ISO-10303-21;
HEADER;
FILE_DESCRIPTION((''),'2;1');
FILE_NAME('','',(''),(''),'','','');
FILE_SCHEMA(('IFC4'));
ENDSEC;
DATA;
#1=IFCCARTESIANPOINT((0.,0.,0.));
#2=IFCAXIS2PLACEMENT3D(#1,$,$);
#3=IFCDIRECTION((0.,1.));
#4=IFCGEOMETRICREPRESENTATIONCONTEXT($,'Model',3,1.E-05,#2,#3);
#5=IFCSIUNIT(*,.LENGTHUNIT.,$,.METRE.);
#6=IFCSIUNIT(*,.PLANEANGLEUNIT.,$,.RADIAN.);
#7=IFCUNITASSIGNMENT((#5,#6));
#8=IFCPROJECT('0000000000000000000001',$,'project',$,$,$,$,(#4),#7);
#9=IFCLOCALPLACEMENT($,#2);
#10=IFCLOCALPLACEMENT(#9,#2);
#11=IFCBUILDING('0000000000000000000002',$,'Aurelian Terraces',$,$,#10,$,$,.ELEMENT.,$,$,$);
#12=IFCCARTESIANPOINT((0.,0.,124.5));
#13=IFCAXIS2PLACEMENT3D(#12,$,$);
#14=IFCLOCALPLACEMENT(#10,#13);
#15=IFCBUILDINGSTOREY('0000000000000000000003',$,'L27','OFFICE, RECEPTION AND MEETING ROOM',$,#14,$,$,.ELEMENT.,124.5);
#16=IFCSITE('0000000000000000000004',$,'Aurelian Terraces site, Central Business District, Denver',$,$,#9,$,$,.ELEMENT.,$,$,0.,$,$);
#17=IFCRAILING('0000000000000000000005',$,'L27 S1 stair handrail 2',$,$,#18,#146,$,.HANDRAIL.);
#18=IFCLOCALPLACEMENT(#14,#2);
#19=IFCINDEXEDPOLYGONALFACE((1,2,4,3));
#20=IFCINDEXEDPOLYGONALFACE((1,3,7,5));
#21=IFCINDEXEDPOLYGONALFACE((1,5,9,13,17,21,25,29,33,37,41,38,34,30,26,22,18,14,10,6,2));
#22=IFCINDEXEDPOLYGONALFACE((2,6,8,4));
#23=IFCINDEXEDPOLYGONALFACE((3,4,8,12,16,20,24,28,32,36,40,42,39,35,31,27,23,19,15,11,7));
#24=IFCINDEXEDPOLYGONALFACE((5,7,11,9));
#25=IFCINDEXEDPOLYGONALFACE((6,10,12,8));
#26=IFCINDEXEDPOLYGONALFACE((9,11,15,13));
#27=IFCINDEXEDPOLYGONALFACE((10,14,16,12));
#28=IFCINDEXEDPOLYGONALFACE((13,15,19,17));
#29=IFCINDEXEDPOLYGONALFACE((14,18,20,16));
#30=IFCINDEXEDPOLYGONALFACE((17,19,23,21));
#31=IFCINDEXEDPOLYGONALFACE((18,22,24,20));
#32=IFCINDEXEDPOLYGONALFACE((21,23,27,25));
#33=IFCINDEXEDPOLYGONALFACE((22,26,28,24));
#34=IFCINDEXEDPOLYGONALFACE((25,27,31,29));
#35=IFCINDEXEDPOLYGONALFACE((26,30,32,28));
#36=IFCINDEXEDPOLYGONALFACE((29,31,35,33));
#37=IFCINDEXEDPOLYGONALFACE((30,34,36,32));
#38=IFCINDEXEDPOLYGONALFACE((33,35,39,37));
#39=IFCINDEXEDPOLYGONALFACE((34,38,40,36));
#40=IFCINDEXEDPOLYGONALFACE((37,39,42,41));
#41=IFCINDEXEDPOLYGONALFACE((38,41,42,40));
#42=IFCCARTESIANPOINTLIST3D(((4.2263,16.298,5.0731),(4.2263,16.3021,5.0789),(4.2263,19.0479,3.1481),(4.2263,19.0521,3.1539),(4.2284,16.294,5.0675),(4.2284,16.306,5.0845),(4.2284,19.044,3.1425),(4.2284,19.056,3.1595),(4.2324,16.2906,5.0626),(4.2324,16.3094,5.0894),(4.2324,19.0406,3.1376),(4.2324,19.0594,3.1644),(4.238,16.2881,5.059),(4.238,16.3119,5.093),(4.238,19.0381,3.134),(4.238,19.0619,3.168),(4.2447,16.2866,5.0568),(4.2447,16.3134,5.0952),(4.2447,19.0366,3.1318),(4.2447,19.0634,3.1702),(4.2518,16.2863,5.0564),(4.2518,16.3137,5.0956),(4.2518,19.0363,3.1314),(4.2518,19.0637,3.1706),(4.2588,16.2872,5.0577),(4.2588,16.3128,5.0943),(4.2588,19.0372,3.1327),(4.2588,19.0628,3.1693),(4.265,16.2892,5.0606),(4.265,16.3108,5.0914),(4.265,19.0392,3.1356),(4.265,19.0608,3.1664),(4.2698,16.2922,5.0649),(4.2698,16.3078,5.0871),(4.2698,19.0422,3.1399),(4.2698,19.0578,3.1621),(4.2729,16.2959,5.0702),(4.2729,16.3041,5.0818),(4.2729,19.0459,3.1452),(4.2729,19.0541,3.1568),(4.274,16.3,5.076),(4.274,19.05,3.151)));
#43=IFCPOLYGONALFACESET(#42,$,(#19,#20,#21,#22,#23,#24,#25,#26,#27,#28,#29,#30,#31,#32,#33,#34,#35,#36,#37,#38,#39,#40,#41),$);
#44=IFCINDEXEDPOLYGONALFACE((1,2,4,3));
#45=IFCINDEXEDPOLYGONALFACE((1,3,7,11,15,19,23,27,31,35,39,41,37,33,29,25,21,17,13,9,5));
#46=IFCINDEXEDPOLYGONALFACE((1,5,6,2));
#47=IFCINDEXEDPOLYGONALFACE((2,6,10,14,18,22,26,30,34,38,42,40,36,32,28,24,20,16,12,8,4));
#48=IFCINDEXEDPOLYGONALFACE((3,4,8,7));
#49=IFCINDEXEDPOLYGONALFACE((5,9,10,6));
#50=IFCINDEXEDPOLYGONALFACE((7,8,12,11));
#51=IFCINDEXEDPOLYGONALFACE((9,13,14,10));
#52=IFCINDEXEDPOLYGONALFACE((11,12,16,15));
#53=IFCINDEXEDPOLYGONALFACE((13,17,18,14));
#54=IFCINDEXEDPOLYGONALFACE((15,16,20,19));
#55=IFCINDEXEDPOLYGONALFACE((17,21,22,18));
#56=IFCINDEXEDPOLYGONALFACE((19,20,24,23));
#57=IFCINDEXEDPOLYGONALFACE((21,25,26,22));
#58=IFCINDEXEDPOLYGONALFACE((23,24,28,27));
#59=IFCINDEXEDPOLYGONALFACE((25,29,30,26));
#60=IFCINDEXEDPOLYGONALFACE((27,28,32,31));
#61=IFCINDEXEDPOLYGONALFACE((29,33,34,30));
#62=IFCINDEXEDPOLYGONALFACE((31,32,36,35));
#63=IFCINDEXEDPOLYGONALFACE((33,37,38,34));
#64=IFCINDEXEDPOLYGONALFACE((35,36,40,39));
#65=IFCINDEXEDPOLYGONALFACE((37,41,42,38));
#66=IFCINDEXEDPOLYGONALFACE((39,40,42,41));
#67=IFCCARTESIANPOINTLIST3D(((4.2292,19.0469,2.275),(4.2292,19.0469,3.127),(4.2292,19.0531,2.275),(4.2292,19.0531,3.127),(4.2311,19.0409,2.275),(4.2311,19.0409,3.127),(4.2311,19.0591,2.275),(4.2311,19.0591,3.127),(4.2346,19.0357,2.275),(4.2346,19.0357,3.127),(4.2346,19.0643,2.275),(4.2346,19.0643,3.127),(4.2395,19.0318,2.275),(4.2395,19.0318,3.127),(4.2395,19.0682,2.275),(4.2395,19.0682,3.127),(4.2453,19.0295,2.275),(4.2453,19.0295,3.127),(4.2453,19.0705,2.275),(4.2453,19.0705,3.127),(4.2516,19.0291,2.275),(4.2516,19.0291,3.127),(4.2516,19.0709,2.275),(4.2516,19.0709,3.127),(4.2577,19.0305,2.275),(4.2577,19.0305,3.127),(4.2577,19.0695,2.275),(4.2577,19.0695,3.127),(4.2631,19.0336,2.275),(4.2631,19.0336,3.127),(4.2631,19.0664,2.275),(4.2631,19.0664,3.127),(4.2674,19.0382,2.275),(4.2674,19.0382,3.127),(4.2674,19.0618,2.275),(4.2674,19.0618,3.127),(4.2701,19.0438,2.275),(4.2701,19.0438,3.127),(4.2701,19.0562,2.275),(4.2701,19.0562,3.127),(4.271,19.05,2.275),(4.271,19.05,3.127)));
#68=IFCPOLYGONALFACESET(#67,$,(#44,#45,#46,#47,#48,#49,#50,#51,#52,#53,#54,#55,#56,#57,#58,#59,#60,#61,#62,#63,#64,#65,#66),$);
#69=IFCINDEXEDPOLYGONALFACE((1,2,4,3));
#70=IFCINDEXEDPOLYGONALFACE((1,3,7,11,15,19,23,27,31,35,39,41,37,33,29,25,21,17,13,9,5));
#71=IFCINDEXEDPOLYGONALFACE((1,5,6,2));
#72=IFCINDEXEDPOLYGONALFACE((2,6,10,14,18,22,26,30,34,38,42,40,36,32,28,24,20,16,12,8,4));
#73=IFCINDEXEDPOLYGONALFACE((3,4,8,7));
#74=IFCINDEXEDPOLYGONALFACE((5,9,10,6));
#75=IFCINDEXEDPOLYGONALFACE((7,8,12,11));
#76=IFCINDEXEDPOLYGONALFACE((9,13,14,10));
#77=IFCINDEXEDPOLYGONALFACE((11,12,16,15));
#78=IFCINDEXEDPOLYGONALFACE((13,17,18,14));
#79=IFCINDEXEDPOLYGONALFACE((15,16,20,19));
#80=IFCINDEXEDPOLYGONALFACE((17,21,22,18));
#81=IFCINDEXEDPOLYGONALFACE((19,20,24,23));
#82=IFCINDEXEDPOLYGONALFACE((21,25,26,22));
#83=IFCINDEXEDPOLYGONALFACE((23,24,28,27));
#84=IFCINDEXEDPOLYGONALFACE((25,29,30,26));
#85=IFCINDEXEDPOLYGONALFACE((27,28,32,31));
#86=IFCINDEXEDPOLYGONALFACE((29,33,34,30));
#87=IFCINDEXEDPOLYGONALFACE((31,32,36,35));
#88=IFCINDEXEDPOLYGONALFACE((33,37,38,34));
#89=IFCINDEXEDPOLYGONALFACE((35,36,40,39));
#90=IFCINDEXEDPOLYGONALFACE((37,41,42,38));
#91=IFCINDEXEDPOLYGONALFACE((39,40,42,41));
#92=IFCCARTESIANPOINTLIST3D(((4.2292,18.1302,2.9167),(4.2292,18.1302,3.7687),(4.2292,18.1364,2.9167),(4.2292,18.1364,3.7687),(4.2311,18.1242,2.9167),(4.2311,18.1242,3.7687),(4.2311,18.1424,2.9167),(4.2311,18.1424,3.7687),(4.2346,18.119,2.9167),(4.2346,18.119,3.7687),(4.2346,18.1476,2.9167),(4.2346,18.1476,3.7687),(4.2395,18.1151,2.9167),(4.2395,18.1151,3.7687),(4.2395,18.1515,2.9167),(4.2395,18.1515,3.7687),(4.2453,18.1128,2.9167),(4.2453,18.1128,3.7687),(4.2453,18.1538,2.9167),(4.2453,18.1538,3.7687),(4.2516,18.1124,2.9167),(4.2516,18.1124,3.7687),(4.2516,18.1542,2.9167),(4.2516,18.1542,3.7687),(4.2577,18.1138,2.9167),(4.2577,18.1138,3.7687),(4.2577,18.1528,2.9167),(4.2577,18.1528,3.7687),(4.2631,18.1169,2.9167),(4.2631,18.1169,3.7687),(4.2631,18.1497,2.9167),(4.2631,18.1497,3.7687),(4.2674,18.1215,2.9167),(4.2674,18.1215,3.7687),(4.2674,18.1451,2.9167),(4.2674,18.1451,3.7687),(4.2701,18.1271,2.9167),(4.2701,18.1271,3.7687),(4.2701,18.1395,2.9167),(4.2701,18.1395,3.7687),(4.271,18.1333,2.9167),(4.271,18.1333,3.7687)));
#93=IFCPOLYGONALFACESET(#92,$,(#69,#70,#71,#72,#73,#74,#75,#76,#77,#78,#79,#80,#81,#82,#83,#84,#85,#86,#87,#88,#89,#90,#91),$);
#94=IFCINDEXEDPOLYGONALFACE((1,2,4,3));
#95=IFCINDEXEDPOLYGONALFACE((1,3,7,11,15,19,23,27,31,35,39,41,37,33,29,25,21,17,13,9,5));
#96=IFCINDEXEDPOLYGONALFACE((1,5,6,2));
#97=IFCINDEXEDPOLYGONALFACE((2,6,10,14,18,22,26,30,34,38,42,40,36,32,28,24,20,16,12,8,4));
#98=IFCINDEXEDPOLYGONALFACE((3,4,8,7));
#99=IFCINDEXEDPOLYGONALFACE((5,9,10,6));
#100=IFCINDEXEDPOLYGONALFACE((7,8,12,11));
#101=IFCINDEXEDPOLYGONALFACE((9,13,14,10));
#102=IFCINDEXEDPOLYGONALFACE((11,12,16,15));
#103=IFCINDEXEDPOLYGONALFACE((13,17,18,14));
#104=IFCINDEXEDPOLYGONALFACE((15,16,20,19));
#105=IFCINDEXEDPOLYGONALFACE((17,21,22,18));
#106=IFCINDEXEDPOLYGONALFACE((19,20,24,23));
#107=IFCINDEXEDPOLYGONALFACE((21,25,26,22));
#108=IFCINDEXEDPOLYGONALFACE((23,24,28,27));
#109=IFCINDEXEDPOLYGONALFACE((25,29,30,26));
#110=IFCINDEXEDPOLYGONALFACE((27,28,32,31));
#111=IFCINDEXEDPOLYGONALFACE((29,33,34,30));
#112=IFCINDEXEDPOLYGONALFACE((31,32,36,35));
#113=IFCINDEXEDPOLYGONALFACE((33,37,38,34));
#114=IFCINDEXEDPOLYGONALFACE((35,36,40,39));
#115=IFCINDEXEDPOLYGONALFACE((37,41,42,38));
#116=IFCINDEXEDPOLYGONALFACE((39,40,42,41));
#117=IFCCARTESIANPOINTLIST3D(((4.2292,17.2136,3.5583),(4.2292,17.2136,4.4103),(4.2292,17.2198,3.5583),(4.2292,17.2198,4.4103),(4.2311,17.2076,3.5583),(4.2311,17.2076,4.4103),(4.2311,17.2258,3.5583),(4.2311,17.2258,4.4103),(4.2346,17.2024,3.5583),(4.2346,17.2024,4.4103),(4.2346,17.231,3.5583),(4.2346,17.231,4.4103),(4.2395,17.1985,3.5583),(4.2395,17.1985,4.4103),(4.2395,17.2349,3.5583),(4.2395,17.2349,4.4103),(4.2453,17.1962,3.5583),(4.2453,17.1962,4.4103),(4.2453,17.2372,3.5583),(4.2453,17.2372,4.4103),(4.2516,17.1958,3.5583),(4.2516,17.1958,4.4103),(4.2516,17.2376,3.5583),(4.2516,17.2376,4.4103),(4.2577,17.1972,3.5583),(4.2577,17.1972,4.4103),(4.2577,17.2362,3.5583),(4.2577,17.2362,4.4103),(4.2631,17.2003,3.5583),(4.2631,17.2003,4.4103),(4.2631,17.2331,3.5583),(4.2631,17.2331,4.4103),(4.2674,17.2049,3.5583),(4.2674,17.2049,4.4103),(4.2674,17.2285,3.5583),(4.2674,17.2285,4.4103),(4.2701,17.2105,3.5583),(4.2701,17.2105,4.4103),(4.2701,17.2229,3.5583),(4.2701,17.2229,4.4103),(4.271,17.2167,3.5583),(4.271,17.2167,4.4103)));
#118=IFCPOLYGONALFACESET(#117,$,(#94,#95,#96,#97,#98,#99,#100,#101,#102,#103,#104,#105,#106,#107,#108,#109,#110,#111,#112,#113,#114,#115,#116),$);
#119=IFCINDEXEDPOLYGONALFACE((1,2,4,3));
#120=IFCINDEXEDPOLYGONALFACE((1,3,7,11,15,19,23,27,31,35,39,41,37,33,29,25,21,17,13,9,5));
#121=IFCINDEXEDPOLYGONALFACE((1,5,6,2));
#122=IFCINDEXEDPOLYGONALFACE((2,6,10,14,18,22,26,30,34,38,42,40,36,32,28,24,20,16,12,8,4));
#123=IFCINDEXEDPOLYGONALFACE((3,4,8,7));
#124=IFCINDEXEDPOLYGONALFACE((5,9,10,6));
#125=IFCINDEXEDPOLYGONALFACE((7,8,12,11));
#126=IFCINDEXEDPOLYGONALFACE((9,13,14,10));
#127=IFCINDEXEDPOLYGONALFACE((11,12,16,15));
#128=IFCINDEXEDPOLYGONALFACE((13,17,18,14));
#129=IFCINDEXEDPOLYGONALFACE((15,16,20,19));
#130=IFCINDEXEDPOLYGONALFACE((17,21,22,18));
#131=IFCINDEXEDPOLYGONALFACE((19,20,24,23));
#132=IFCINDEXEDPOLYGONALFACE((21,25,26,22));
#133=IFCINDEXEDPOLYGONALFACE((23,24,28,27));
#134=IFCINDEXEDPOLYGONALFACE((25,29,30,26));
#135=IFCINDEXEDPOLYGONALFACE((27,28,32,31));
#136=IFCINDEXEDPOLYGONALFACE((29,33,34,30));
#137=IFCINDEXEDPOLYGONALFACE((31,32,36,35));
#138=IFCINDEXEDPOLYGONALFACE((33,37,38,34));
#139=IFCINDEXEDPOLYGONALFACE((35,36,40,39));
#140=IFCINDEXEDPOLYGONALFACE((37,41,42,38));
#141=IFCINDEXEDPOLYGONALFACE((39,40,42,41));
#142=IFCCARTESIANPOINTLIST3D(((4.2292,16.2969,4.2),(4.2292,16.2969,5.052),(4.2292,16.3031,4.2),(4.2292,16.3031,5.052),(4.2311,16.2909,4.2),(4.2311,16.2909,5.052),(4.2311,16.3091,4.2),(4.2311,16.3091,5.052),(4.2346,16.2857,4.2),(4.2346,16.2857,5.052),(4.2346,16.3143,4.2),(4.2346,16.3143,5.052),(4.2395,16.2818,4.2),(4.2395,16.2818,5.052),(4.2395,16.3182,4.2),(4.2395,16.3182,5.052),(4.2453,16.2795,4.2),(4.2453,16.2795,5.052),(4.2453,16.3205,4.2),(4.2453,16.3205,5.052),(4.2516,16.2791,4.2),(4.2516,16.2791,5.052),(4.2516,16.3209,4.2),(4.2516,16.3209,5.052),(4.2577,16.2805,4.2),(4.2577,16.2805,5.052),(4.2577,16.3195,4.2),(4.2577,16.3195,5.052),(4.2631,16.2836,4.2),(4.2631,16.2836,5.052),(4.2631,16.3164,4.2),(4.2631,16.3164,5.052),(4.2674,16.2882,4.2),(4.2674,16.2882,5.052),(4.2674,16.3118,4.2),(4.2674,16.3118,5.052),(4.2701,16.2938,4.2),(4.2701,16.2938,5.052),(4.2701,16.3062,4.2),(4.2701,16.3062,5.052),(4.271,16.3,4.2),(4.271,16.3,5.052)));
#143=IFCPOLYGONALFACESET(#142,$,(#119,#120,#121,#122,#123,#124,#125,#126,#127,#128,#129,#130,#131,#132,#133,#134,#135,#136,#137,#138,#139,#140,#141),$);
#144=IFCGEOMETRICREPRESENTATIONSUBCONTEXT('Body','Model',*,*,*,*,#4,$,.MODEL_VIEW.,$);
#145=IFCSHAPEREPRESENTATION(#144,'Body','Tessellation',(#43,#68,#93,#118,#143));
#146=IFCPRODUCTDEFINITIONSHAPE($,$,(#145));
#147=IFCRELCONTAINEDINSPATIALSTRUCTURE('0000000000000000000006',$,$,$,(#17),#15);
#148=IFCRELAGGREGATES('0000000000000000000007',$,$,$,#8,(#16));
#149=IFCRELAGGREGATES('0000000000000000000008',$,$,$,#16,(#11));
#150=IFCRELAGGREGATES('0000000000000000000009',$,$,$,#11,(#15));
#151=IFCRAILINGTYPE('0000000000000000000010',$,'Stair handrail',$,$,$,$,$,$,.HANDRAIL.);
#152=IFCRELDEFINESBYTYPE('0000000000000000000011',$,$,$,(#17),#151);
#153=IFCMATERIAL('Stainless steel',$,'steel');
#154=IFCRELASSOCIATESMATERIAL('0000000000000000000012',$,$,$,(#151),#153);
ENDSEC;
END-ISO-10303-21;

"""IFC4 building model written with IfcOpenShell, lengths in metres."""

from ifc_helpers import new_model, si_unit, direction, frame, origin, origin_2d, place, context, subcontext, project, spatial, circle, extrude, source, transform, mapped, material, type_object, element, save


model = new_model("IFC4")

# Units and contexts
model_context = context("Model", 3, precision=1e-05, world=origin(), true_north=direction((0.0, 1.0)))
body_context = subcontext(model_context, "Body", "Model", "MODEL_VIEW")
ifc_project = project(units=[si_unit("LENGTHUNIT", "METRE"), si_unit("PLANEANGLEUNIT", "RADIAN")], contexts=[model_context])

# Site, building, storey
site_placement = place(None, origin())
site = spatial("IfcSite", under=ifc_project, at=site_placement, Name="Aurelian Terraces site, Central Business District, Denver", CompositionType="ELEMENT", RefElevation=0.0)
building_placement = place(site_placement, origin())
building = spatial("IfcBuilding", under=site, at=building_placement, Name="Aurelian Terraces", CompositionType="ELEMENT")
storey_placement = place(building_placement, frame((0.0, 0.0, 124.5)))
storey = spatial("IfcBuildingStorey", under=building, at=storey_placement, Name="L27", Description="OFFICE, RECEPTION AND MEETING ROOM", CompositionType="ELEMENT", Elevation=124.5)

# Railing
ifc_material_1 = material(Name="Stainless steel", Category="steel")
railing_type_1 = type_object("IfcRailingType", Name="Stair handrail", PredefinedType="HANDRAIL", material=ifc_material_1)
shared_shape_1 = source(origin(), body_context, "Body", "SweptSolid", [
    extrude(circle(Radius=0.024, at=origin_2d()), frame((0.0, 0.0, 0.876), z_axis=(0.0, -0.819232, 0.573462), x_axis=(1.0, 0.0, 0.0)), (0.0, 0.0, 1.0), 3.3568),
    extrude(circle(Radius=0.021, at=origin_2d()), origin(), (0.0, 0.0, 1.0), 0.852),
    extrude(circle(Radius=0.021, at=origin_2d()), frame((0.0, -0.9167, 0.6417)), (0.0, 0.0, 1.0), 0.852),
    extrude(circle(Radius=0.021, at=origin_2d()), frame((0.0, -1.8333, 1.2833)), (0.0, 0.0, 1.0), 0.852),
    extrude(circle(Radius=0.021, at=origin_2d()), frame((0.0, -2.75, 1.925)), (0.0, 0.0, 1.0), 0.852),
])
railing_1_placement = place(storey_placement, frame((4.25, 19.05, 2.275)))
element("IfcRailing", 1, at=railing_1_placement, inside=storey, type_object=railing_type_1, Name="L27 S1 stair handrail 2", PredefinedType="HANDRAIL", context=body_context, shape_type="MappedRepresentation", body=[
    mapped(shared_shape_1, transform((0.0, 0.0, 0.0), scale=1.0)),
])

save(model, "model.ifc")
